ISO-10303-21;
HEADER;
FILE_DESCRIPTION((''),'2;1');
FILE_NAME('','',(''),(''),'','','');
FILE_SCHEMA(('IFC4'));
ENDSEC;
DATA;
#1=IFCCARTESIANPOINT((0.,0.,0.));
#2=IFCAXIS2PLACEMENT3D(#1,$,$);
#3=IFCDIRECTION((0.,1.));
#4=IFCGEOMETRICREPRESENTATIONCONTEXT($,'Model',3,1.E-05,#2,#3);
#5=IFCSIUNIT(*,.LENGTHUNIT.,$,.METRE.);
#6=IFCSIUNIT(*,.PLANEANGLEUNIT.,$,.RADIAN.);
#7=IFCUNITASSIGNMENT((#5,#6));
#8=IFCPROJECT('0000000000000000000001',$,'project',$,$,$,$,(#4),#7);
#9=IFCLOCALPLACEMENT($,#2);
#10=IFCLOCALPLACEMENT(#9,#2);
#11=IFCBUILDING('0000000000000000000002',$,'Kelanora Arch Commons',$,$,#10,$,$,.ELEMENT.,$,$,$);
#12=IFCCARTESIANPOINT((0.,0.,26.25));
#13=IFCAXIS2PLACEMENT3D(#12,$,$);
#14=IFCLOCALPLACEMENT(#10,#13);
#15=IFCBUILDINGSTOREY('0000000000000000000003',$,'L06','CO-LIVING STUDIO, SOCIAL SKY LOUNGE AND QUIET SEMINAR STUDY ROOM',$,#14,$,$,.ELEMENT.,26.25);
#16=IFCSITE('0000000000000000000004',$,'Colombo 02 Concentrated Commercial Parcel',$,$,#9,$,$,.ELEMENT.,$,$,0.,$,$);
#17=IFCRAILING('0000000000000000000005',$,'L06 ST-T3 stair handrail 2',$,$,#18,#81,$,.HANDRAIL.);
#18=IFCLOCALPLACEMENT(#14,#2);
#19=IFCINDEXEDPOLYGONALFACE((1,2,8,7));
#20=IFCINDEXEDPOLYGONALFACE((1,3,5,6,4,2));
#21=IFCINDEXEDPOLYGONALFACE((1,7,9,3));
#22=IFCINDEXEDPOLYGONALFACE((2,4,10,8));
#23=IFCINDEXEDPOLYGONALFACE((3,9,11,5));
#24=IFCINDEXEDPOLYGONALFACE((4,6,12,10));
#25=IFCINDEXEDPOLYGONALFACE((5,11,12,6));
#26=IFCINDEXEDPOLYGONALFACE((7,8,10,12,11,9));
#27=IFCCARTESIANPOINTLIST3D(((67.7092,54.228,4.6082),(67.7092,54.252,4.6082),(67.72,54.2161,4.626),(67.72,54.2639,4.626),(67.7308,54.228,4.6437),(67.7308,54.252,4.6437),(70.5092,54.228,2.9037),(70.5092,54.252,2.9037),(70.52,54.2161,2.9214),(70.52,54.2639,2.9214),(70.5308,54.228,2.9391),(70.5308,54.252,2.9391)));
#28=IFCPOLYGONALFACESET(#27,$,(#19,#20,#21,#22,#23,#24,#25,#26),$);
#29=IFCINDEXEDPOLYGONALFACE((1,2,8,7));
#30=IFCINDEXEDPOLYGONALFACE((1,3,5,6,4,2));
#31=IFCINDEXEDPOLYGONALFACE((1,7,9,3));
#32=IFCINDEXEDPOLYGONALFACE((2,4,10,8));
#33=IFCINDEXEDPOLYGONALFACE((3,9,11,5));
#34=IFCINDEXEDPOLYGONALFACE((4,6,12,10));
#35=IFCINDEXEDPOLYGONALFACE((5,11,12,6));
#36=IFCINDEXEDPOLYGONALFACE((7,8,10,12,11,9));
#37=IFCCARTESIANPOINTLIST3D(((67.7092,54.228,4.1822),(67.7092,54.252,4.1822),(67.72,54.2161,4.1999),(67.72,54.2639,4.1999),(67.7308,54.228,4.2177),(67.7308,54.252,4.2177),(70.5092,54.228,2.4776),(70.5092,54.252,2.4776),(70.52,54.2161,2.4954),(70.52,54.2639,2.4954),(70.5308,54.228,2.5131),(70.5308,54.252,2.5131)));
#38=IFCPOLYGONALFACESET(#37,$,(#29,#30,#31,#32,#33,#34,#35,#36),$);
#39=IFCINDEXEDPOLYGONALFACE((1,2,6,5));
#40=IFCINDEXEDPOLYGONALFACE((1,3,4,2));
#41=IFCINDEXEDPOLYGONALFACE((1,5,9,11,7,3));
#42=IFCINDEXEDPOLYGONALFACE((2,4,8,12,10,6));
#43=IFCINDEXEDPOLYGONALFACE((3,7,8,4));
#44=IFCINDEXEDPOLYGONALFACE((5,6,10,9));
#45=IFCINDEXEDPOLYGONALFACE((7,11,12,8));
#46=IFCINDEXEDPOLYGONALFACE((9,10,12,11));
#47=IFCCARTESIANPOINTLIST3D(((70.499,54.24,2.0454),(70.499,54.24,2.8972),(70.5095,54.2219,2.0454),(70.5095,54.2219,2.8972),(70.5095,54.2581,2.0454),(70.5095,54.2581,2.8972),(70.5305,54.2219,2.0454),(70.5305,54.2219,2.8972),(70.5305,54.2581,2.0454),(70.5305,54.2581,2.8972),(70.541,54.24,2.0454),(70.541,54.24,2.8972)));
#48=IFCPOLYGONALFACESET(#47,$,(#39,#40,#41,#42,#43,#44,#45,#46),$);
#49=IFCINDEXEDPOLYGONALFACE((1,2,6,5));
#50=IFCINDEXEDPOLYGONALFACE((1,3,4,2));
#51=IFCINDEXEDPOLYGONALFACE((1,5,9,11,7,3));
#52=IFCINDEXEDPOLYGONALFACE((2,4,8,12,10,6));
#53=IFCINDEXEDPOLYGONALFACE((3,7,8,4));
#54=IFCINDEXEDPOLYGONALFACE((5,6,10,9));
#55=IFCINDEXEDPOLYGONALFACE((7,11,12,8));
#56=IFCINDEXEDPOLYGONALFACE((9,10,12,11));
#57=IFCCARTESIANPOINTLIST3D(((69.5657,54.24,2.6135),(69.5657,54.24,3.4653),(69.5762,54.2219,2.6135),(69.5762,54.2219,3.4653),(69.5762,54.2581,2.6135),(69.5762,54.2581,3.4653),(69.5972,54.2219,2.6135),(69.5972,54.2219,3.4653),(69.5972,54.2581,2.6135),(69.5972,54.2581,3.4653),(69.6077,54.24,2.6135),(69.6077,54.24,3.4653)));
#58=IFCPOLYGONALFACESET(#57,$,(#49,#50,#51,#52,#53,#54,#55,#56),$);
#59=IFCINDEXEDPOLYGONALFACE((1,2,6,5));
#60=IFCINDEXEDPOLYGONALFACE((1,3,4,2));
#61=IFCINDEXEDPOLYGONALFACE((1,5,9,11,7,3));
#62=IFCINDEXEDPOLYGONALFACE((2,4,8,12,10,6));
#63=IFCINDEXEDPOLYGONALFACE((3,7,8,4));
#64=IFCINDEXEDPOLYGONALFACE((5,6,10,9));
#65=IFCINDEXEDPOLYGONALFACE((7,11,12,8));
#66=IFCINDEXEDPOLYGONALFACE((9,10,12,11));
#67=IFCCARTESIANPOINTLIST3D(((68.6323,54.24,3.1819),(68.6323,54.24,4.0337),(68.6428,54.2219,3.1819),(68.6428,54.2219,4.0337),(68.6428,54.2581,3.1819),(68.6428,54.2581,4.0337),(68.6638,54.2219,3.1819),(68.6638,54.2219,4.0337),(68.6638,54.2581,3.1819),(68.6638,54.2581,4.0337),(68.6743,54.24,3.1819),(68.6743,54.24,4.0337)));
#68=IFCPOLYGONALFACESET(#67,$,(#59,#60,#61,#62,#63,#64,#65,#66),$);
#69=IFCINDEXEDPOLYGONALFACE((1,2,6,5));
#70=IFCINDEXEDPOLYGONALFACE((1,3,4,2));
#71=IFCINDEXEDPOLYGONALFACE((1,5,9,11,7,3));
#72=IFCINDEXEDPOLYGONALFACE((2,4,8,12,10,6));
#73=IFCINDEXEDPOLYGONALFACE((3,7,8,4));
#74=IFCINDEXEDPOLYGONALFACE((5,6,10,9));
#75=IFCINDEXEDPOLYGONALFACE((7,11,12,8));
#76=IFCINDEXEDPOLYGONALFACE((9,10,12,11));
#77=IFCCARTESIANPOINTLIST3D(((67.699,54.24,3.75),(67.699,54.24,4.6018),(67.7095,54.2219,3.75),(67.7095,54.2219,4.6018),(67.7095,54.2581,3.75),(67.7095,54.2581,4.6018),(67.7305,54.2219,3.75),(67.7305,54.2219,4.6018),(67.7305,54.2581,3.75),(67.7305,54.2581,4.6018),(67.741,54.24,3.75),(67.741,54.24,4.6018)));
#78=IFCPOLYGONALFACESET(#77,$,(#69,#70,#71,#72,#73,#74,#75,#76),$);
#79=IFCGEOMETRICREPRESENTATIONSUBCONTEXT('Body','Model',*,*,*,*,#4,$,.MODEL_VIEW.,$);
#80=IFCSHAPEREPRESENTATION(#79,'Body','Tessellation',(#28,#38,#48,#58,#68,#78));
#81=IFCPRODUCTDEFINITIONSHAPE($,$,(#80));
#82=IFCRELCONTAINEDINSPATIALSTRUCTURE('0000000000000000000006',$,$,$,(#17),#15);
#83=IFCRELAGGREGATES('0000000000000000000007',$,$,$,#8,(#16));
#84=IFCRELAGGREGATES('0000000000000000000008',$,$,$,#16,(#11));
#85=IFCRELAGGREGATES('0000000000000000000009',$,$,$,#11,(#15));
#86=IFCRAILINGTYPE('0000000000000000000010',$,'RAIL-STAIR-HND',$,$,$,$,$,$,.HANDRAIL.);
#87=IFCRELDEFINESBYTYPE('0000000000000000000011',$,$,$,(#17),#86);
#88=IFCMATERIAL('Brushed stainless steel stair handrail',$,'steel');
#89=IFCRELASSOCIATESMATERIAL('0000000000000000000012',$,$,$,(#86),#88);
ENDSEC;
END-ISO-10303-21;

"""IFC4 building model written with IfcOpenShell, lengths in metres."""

from ifc_helpers import new_model, si_unit, direction, frame, origin, place, context, subcontext, project, spatial, polyline, outline, extrude, material, type_object, element, save


model = new_model("IFC4")

# Units and contexts
model_context = context("Model", 3, precision=1e-05, world=origin(), true_north=direction((0.0, 1.0)))
body_context = subcontext(model_context, "Body", "Model", "MODEL_VIEW")
ifc_project = project(units=[si_unit("LENGTHUNIT", "METRE"), si_unit("PLANEANGLEUNIT", "RADIAN")], contexts=[model_context])

# Site, building, storey
site_placement = place(None, origin())
site = spatial("IfcSite", under=ifc_project, at=site_placement, Name="Colombo 02 Concentrated Commercial Parcel", CompositionType="ELEMENT", RefElevation=0.0)
building_placement = place(site_placement, origin())
building = spatial("IfcBuilding", under=site, at=building_placement, Name="Kelanora Arch Commons", CompositionType="ELEMENT")
storey_placement = place(building_placement, frame((0.0, 0.0, 26.25)))
storey = spatial("IfcBuildingStorey", under=building, at=storey_placement, Name="L06", Description="CO-LIVING STUDIO, SOCIAL SKY LOUNGE AND QUIET SEMINAR STUDY ROOM", CompositionType="ELEMENT", Elevation=26.25)

# Railing
ifc_material_1 = material(Name="Brushed stainless steel stair handrail", Category="steel")
railing_type_1 = type_object("IfcRailingType", Name="RAIL-STAIR-HND", PredefinedType="HANDRAIL", material=ifc_material_1)
railing_1_placement = place(storey_placement, frame((70.52, 54.24, 2.0454)))
element("IfcRailing", 1, at=railing_1_placement, inside=storey, type_object=railing_type_1, Name="L06 ST-T3 stair handrail 2", PredefinedType="HANDRAIL", context=body_context, shape_type="SweptSolid", body=[
    extrude(outline(polyline([(0.0239, 0.0), (0.012, 0.0208), (-0.012, 0.0208), (-0.0239, 0.0), (-0.012, -0.0208), (0.012, -0.0208), (0.0239, 0.0)])), frame((0.0, 0.0, 0.876), z_axis=(-0.85417, 0.0, 0.519994), x_axis=(0.0, -1.0, 0.0)), (0.0, 0.0, 1.0), 3.2781),
    extrude(outline(polyline([(0.0239, 0.0), (0.012, 0.0208), (-0.012, 0.0208), (-0.0239, 0.0), (-0.012, -0.0208), (0.012, -0.0208), (0.0239, 0.0)])), frame((0.0, 0.0, 0.45), z_axis=(-0.85417, 0.0, 0.519994), x_axis=(0.0, -1.0, 0.0)), (0.0, 0.0, 1.0), 3.2781),
    extrude(outline(polyline([(0.021, 0.0), (0.0105, 0.0181), (-0.0105, 0.0181), (-0.021, 0.0), (-0.0105, -0.0181), (0.0105, -0.0181), (0.021, 0.0)])), origin(), (0.0, 0.0, 1.0), 0.8518),
    extrude(outline(polyline([(0.021, 0.0), (0.0105, 0.0181), (-0.0105, 0.0181), (-0.021, 0.0), (-0.0105, -0.0181), (0.0105, -0.0181), (0.021, 0.0)])), frame((-0.9333, 0.0, 0.5681)), (0.0, 0.0, 1.0), 0.8518),
    extrude(outline(polyline([(0.021, 0.0), (0.0105, 0.0181), (-0.0105, 0.0181), (-0.021, 0.0), (-0.0105, -0.0181), (0.0105, -0.0181), (0.021, 0.0)])), frame((-1.8667, 0.0, 1.1365)), (0.0, 0.0, 1.0), 0.8518),
    extrude(outline(polyline([(0.021, 0.0), (0.0105, 0.0181), (-0.0105, 0.0181), (-0.021, 0.0), (-0.0105, -0.0181), (0.0105, -0.0181), (0.021, 0.0)])), frame((-2.8, 0.0, 1.7046)), (0.0, 0.0, 1.0), 0.8518),
])

save(model, "model.ifc")
